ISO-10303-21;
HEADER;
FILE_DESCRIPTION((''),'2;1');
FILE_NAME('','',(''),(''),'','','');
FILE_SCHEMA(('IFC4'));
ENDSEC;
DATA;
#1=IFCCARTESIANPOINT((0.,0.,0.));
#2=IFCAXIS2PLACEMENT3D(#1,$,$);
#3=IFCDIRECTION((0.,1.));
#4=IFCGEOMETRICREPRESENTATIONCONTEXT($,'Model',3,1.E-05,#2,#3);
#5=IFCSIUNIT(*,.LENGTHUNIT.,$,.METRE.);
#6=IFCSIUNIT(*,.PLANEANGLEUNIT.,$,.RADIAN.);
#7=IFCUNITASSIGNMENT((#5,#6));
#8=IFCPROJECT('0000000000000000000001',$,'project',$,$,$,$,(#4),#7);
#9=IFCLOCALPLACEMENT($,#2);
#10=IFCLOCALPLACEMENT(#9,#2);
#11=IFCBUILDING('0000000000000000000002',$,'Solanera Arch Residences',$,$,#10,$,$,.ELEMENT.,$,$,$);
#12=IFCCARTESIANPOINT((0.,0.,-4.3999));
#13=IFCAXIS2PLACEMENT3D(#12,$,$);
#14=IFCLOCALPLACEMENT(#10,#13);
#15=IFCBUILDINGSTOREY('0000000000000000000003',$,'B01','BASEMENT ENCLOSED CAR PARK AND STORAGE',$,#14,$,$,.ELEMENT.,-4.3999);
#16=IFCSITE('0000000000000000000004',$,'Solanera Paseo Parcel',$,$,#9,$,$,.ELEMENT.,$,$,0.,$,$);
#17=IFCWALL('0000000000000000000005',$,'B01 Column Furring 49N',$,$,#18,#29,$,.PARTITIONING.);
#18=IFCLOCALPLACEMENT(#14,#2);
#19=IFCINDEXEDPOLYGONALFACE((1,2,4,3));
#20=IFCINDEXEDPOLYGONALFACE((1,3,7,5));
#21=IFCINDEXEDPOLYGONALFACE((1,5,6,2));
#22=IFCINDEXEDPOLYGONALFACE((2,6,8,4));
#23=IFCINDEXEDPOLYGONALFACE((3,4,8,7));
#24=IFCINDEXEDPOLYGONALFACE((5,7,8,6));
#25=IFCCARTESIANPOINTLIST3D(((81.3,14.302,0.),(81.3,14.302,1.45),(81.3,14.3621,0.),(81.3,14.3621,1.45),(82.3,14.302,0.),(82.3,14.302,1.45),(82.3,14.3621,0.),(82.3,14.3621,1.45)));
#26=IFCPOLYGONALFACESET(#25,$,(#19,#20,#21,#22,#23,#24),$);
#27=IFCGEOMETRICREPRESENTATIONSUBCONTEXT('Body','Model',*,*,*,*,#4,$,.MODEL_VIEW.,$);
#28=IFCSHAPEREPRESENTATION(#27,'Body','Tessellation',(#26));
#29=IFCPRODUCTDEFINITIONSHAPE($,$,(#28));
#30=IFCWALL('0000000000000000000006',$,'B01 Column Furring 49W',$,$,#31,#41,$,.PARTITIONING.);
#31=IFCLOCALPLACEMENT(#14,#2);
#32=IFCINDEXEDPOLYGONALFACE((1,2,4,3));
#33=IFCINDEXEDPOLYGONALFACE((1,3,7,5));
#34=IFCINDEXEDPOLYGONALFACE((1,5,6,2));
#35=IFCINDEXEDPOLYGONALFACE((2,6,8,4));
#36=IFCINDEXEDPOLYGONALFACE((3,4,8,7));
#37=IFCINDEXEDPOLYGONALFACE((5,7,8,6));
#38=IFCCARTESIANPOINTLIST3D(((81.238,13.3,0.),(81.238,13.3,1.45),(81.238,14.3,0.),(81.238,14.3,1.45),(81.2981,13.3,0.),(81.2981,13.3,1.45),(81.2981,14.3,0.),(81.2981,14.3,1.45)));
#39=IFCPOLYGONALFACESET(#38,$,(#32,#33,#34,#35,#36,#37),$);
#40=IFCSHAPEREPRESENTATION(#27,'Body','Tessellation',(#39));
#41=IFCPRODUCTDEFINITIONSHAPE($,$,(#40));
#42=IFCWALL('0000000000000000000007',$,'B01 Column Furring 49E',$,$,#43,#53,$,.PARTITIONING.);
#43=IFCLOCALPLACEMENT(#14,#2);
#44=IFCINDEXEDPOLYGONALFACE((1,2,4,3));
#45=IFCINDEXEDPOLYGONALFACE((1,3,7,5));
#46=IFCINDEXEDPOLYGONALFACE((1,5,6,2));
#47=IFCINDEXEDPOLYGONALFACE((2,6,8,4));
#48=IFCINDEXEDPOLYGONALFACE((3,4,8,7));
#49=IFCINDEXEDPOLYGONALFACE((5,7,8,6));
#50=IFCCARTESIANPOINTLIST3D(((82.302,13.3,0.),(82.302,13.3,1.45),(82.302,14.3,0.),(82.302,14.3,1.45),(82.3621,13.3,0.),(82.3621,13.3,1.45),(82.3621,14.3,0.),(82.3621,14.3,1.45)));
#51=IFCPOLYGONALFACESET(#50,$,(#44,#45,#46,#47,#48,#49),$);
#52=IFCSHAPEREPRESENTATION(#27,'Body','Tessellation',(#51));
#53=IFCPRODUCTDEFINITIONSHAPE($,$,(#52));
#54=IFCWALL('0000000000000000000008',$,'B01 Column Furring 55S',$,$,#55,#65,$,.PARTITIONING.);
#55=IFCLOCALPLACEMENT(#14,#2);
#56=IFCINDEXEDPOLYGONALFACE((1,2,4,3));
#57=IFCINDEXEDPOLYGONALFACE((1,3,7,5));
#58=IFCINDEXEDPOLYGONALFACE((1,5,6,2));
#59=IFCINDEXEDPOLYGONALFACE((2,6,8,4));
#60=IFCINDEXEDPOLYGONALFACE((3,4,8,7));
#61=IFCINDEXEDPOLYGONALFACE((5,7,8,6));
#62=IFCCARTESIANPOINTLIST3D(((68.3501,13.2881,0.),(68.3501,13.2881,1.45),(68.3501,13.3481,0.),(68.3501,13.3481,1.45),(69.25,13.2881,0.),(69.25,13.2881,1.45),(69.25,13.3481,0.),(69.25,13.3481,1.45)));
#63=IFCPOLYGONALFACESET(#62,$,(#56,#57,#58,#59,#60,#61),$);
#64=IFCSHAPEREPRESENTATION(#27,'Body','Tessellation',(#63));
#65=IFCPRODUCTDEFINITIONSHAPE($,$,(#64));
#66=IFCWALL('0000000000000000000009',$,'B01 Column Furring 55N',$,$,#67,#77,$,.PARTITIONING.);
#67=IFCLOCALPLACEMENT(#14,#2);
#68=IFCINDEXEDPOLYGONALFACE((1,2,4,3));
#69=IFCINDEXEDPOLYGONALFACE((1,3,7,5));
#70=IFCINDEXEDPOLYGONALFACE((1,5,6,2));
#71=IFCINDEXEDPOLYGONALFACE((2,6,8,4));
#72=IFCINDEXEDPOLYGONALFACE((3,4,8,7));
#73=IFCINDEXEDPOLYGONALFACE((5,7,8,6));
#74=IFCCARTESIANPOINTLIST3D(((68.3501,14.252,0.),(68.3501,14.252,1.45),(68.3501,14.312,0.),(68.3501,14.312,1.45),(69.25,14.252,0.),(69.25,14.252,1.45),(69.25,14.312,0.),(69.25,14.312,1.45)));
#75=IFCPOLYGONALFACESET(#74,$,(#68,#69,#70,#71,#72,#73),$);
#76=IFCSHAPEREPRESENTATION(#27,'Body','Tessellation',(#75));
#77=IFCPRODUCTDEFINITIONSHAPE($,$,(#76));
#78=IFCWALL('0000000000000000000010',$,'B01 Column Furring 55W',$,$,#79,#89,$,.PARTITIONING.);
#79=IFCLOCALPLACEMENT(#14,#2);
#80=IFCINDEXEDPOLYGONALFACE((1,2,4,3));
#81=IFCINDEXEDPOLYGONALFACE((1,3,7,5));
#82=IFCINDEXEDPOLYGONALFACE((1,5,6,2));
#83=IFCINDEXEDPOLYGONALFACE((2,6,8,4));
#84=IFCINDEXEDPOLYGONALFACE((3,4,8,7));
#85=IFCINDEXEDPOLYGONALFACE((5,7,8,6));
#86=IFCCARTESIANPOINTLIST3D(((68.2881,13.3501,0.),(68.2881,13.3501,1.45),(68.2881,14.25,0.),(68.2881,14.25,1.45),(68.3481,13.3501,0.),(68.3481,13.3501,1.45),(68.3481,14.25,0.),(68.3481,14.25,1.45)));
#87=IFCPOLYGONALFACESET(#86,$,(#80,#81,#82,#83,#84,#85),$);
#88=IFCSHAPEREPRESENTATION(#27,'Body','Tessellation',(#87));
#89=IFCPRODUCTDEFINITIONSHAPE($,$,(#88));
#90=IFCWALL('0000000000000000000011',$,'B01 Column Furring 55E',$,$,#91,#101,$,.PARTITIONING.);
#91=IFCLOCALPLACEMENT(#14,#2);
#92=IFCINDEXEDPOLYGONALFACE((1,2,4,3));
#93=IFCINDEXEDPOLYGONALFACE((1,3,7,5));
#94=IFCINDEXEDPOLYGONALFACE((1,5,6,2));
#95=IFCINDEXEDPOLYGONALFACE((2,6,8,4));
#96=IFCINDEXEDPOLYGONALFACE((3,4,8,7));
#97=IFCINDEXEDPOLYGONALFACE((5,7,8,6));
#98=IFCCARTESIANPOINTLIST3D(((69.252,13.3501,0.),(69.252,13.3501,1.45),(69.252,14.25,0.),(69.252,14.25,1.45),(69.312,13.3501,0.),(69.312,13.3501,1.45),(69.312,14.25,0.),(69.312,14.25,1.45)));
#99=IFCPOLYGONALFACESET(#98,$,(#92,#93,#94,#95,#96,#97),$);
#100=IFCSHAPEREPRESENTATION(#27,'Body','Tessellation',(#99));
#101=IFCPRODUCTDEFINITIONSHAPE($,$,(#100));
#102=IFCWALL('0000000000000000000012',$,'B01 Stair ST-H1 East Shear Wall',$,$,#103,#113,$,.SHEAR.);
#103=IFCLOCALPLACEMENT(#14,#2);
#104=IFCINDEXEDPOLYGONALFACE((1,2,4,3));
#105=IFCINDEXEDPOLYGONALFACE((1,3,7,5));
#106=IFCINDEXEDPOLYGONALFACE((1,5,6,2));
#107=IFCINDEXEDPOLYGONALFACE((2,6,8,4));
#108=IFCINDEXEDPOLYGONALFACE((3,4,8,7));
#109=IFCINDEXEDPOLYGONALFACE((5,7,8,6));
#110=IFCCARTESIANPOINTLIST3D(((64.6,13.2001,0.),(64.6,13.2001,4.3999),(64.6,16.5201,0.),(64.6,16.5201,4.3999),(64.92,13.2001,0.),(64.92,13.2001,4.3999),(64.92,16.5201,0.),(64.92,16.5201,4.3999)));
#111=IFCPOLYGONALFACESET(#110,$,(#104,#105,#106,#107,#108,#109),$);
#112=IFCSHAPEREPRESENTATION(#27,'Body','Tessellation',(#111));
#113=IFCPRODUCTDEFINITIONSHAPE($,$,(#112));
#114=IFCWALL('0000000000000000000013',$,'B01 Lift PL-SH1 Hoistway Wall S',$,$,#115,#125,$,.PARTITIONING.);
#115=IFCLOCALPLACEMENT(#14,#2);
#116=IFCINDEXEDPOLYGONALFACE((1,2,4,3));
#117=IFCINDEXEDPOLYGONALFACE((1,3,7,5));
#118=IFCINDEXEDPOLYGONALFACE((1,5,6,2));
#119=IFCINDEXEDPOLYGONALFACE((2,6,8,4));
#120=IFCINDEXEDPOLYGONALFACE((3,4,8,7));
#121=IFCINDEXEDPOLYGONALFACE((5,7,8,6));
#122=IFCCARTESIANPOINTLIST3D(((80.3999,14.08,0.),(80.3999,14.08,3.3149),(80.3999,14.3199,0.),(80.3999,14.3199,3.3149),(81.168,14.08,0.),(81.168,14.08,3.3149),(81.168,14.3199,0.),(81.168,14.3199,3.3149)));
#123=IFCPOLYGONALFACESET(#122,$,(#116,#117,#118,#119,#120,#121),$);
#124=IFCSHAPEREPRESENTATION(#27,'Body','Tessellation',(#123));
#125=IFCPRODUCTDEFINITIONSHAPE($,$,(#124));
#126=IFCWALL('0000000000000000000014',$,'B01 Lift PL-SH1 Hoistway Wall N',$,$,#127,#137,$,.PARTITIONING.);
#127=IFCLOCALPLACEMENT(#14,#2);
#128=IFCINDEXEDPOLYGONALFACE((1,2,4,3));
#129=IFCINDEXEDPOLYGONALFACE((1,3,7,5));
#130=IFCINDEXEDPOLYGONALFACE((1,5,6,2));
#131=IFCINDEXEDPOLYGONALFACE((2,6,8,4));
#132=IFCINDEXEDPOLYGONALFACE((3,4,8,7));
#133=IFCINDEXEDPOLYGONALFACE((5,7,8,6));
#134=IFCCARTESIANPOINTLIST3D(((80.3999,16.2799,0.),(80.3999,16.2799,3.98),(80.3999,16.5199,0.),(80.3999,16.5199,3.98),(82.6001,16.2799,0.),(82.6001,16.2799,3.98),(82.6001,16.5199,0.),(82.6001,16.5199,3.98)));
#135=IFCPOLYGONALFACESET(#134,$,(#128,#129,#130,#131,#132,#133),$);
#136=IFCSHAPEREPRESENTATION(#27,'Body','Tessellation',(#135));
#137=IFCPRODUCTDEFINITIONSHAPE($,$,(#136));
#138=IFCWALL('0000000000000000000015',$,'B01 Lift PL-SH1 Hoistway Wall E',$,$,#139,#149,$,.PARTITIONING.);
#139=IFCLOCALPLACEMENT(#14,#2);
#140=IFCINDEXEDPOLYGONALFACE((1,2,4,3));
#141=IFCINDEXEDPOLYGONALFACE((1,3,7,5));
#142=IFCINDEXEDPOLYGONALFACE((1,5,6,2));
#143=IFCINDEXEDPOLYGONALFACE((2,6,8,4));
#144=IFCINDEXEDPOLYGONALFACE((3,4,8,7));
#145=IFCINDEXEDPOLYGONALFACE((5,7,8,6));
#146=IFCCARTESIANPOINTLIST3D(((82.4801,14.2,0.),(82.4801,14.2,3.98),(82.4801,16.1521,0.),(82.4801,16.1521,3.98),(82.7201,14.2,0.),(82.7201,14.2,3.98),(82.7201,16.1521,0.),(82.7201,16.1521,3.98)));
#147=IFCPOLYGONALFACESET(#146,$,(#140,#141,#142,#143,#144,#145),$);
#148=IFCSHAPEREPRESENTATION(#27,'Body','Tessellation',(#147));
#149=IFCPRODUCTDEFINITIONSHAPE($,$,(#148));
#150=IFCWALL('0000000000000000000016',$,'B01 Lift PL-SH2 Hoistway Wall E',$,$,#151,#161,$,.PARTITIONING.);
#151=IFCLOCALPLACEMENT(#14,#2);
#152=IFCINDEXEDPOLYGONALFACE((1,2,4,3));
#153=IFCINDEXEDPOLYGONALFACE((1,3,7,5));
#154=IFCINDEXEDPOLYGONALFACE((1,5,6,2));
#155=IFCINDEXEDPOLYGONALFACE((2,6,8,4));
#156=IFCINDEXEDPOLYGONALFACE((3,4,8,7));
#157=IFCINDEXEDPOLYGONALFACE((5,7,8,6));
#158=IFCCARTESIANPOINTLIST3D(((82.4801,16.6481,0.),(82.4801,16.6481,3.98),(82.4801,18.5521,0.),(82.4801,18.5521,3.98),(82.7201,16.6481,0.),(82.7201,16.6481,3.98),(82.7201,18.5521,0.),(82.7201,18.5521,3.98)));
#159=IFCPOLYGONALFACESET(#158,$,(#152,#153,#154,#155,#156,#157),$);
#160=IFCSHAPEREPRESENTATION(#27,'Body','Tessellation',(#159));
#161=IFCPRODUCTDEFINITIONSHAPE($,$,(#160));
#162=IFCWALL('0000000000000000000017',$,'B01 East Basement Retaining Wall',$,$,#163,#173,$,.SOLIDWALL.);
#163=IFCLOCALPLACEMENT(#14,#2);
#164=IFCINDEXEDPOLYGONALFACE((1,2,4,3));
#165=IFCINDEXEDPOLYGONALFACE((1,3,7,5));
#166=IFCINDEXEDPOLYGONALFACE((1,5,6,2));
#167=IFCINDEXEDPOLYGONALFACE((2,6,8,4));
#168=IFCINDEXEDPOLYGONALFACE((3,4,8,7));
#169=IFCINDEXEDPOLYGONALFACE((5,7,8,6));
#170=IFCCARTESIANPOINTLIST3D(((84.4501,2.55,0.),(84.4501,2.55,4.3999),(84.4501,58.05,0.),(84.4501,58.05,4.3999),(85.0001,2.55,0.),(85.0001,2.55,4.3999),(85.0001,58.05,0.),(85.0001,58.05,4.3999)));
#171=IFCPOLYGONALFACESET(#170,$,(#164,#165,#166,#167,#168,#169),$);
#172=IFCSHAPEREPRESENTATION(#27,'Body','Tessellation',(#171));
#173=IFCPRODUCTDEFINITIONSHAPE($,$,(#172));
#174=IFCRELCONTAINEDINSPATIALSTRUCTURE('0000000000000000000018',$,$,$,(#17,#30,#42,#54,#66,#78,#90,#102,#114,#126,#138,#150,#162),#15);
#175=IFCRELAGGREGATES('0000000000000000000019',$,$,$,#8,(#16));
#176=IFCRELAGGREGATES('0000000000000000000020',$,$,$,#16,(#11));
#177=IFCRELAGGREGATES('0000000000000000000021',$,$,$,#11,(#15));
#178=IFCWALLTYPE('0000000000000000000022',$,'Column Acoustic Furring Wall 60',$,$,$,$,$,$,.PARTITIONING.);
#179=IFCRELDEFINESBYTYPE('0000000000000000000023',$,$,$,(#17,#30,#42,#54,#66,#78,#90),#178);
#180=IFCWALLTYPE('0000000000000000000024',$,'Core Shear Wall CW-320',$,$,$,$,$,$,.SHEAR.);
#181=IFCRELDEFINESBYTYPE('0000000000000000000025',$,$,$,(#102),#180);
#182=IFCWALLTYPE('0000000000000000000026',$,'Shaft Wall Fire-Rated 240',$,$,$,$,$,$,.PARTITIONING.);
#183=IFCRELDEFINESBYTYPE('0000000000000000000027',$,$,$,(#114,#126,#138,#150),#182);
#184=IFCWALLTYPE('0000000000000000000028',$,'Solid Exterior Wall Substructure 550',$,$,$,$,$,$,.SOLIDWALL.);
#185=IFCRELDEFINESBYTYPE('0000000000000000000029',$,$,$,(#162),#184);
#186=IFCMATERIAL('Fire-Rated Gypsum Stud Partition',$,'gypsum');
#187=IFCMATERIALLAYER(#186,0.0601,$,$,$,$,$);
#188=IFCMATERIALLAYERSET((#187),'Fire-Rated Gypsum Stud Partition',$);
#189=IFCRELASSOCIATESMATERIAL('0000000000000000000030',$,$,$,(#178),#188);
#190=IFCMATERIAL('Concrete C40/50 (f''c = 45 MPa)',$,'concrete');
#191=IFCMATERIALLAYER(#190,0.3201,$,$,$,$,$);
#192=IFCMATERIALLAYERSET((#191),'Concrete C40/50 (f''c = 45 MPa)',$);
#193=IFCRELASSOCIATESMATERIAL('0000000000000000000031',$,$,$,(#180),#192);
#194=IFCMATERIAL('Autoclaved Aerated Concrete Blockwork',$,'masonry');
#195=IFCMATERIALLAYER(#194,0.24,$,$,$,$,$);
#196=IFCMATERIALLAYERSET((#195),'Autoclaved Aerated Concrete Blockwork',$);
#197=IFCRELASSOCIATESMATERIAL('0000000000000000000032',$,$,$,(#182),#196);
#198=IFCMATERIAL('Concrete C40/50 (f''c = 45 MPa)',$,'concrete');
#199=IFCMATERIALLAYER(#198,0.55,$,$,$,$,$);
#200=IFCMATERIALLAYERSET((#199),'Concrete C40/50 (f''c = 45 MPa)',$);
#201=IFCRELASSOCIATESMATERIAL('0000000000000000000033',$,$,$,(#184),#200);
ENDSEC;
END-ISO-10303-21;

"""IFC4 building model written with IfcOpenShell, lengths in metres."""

from ifc_helpers import new_model, si_unit, direction, frame, frame_2d, origin, place, context, subcontext, project, spatial, rectangle, extrude, material, layer, layer_set, type_object, element, save


model = new_model("IFC4")

# Units and contexts
model_context = context("Model", 3, precision=1e-05, world=origin(), true_north=direction((0.0, 1.0)))
body_context = subcontext(model_context, "Body", "Model", "MODEL_VIEW")
ifc_project = project(units=[si_unit("LENGTHUNIT", "METRE"), si_unit("PLANEANGLEUNIT", "RADIAN")], contexts=[model_context])

# Site, building, storey
site_placement = place(None, origin())
site = spatial("IfcSite", under=ifc_project, at=site_placement, Name="Solanera Paseo Parcel", CompositionType="ELEMENT", RefElevation=0.0)
building_placement = place(site_placement, origin())
building = spatial("IfcBuilding", under=site, at=building_placement, Name="Solanera Arch Residences", CompositionType="ELEMENT")
storey_placement = place(building_placement, frame((0.0, 0.0, -4.3999)))
storey = spatial("IfcBuildingStorey", under=building, at=storey_placement, Name="B01", Description="BASEMENT ENCLOSED CAR PARK AND STORAGE", CompositionType="ELEMENT", Elevation=-4.3999)

# Walls
ifc_material_1 = material(Name="Fire-Rated Gypsum Stud Partition", Category="gypsum")
ifc_layer_1 = layer(ifc_material_1, 0.0601)
ifc_layer_set_1 = layer_set([ifc_layer_1], Name="Fire-Rated Gypsum Stud Partition")
wall_type_1 = type_object("IfcWallType", Name="Column Acoustic Furring Wall 60", PredefinedType="PARTITIONING", material=ifc_layer_set_1)
for number, where, z_axis, x_axis, name in (
    (1, (81.3, 14.332, 0.0), (0.0, 0.0, 1.0), (1.0, 0.0, 0.0), "B01 Column Furring 49N"),
    (2, (81.2681, 13.3, 0.0), (0.0, 0.0, 1.0), (0.0, 1.0, 0.0), "B01 Column Furring 49W"),
    (3, (82.332, 13.3, 0.0), (0.0, 0.0, 1.0), (0.0, 1.0, 0.0), "B01 Column Furring 49E"),
):
    element("IfcWall", number, at=place(storey_placement, frame(where, z_axis=z_axis, x_axis=x_axis)), inside=storey, type_object=wall_type_1, Name=name, PredefinedType="PARTITIONING", context=body_context, shape_type="SweptSolid", body=[
        extrude(rectangle(XDim=1.0, YDim=0.0601, at=frame_2d((0.5, 0.0))), origin(), (0.0, 0.0, 1.0), 1.45),
    ])
for number, where, z_axis, x_axis, name in (
    (4, (68.3501, 13.3181, 0.0), (0.0, 0.0, 1.0), (1.0, 0.0, 0.0), "B01 Column Furring 55S"),
    (5, (68.3501, 14.282, 0.0), (0.0, 0.0, 1.0), (1.0, 0.0, 0.0), "B01 Column Furring 55N"),
    (6, (68.3181, 13.3501, 0.0), (0.0, 0.0, 1.0), (0.0, 1.0, 0.0), "B01 Column Furring 55W"),
    (7, (69.282, 13.3501, 0.0), (0.0, 0.0, 1.0), (0.0, 1.0, 0.0), "B01 Column Furring 55E"),
):
    element("IfcWall", number, at=place(storey_placement, frame(where, z_axis=z_axis, x_axis=x_axis)), inside=storey, type_object=wall_type_1, Name=name, PredefinedType="PARTITIONING", context=body_context, shape_type="SweptSolid", body=[
        extrude(rectangle(XDim=0.8999, YDim=0.0601, at=frame_2d((0.45, 0.0))), origin(), (0.0, 0.0, 1.0), 1.45),
    ])
ifc_material_2 = material(Name="Concrete C40/50 (f'c = 45 MPa)", Category="concrete")
ifc_layer_2 = layer(ifc_material_2, 0.3201)
ifc_layer_set_2 = layer_set([ifc_layer_2], Name="Concrete C40/50 (f'c = 45 MPa)")
wall_type_2 = type_object("IfcWallType", Name="Core Shear Wall CW-320", PredefinedType="SHEAR", material=ifc_layer_set_2)
wall_1_placement = place(storey_placement, frame((64.76, 13.2, 0.0), z_axis=(0.0, 0.0, 1.0), x_axis=(0.0, 1.0, 0.0)))
element("IfcWall", 8, at=wall_1_placement, inside=storey, type_object=wall_type_2, Name="B01 Stair ST-H1 East Shear Wall", PredefinedType="SHEAR", context=body_context, shape_type="SweptSolid", body=[
    extrude(rectangle(XDim=3.3201, YDim=0.3201, at=frame_2d((1.6602, 0.0))), origin(), (0.0, 0.0, 1.0), 4.3999),
])
ifc_material_3 = material(Name="Autoclaved Aerated Concrete Blockwork", Category="masonry")
ifc_layer_3 = layer(ifc_material_3, 0.24)
ifc_layer_set_3 = layer_set([ifc_layer_3], Name="Autoclaved Aerated Concrete Blockwork")
wall_type_3 = type_object("IfcWallType", Name="Shaft Wall Fire-Rated 240", PredefinedType="PARTITIONING", material=ifc_layer_set_3)
wall_2_placement = place(storey_placement, frame((80.3999, 14.2, 0.0), z_axis=(0.0, 0.0, 1.0), x_axis=(1.0, 0.0, 0.0)))
element("IfcWall", 9, at=wall_2_placement, inside=storey, type_object=wall_type_3, Name="B01 Lift PL-SH1 Hoistway Wall S", PredefinedType="PARTITIONING", context=body_context, shape_type="SweptSolid", body=[
    extrude(rectangle(XDim=0.7681, YDim=0.24, at=frame_2d((0.384, 0.0))), origin(), (0.0, 0.0, 1.0), 3.3149),
])
wall_3_placement = place(storey_placement, frame((80.3999, 16.3999, 0.0), z_axis=(0.0, 0.0, 1.0), x_axis=(1.0, 0.0, 0.0)))
element("IfcWall", 10, at=wall_3_placement, inside=storey, type_object=wall_type_3, Name="B01 Lift PL-SH1 Hoistway Wall N", PredefinedType="PARTITIONING", context=body_context, shape_type="SweptSolid", body=[
    extrude(rectangle(XDim=2.2002, YDim=0.24, at=frame_2d((1.1001, 0.0))), origin(), (0.0, 0.0, 1.0), 3.98),
])

# Wall
wall_4_placement = place(storey_placement, frame((82.6001, 14.2, 0.0), z_axis=(0.0, 0.0, 1.0), x_axis=(0.0, 1.0, 0.0)))
element("IfcWall", 11, at=wall_4_placement, inside=storey, type_object=wall_type_3, Name="B01 Lift PL-SH1 Hoistway Wall E", PredefinedType="PARTITIONING", context=body_context, shape_type="SweptSolid", body=[
    extrude(rectangle(XDim=1.9521, YDim=0.24, at=frame_2d((0.9761, 0.0))), origin(), (0.0, 0.0, 1.0), 3.98),
])

# Walls
wall_5_placement = place(storey_placement, frame((82.6001, 16.6479, 0.0), z_axis=(0.0, 0.0, 1.0), x_axis=(0.0, 1.0, 0.0)))
element("IfcWall", 12, at=wall_5_placement, inside=storey, type_object=wall_type_3, Name="B01 Lift PL-SH2 Hoistway Wall E", PredefinedType="PARTITIONING", context=body_context, shape_type="SweptSolid", body=[
    extrude(rectangle(XDim=1.9041, YDim=0.24, at=frame_2d((0.9521, 0.0))), origin(), (0.0, 0.0, 1.0), 3.98),
])
ifc_material_4 = material(Name="Concrete C40/50 (f'c = 45 MPa)", Category="concrete")
ifc_layer_4 = layer(ifc_material_4, 0.55)
ifc_layer_set_4 = layer_set([ifc_layer_4], Name="Concrete C40/50 (f'c = 45 MPa)")
wall_type_4 = type_object("IfcWallType", Name="Solid Exterior Wall Substructure 550", PredefinedType="SOLIDWALL", material=ifc_layer_set_4)
wall_6_placement = place(storey_placement, frame((84.7251, 2.55, 0.0), z_axis=(0.0, 0.0, 1.0), x_axis=(0.0, 1.0, 0.0)))
element("IfcWall", 13, at=wall_6_placement, inside=storey, type_object=wall_type_4, Name="B01 East Basement Retaining Wall", PredefinedType="SOLIDWALL", context=body_context, shape_type="SweptSolid", body=[
    extrude(rectangle(XDim=55.5, YDim=0.55, at=frame_2d((27.75, 0.0))), origin(), (0.0, 0.0, 1.0), 4.3999),
])

save(model, "model.ifc")
